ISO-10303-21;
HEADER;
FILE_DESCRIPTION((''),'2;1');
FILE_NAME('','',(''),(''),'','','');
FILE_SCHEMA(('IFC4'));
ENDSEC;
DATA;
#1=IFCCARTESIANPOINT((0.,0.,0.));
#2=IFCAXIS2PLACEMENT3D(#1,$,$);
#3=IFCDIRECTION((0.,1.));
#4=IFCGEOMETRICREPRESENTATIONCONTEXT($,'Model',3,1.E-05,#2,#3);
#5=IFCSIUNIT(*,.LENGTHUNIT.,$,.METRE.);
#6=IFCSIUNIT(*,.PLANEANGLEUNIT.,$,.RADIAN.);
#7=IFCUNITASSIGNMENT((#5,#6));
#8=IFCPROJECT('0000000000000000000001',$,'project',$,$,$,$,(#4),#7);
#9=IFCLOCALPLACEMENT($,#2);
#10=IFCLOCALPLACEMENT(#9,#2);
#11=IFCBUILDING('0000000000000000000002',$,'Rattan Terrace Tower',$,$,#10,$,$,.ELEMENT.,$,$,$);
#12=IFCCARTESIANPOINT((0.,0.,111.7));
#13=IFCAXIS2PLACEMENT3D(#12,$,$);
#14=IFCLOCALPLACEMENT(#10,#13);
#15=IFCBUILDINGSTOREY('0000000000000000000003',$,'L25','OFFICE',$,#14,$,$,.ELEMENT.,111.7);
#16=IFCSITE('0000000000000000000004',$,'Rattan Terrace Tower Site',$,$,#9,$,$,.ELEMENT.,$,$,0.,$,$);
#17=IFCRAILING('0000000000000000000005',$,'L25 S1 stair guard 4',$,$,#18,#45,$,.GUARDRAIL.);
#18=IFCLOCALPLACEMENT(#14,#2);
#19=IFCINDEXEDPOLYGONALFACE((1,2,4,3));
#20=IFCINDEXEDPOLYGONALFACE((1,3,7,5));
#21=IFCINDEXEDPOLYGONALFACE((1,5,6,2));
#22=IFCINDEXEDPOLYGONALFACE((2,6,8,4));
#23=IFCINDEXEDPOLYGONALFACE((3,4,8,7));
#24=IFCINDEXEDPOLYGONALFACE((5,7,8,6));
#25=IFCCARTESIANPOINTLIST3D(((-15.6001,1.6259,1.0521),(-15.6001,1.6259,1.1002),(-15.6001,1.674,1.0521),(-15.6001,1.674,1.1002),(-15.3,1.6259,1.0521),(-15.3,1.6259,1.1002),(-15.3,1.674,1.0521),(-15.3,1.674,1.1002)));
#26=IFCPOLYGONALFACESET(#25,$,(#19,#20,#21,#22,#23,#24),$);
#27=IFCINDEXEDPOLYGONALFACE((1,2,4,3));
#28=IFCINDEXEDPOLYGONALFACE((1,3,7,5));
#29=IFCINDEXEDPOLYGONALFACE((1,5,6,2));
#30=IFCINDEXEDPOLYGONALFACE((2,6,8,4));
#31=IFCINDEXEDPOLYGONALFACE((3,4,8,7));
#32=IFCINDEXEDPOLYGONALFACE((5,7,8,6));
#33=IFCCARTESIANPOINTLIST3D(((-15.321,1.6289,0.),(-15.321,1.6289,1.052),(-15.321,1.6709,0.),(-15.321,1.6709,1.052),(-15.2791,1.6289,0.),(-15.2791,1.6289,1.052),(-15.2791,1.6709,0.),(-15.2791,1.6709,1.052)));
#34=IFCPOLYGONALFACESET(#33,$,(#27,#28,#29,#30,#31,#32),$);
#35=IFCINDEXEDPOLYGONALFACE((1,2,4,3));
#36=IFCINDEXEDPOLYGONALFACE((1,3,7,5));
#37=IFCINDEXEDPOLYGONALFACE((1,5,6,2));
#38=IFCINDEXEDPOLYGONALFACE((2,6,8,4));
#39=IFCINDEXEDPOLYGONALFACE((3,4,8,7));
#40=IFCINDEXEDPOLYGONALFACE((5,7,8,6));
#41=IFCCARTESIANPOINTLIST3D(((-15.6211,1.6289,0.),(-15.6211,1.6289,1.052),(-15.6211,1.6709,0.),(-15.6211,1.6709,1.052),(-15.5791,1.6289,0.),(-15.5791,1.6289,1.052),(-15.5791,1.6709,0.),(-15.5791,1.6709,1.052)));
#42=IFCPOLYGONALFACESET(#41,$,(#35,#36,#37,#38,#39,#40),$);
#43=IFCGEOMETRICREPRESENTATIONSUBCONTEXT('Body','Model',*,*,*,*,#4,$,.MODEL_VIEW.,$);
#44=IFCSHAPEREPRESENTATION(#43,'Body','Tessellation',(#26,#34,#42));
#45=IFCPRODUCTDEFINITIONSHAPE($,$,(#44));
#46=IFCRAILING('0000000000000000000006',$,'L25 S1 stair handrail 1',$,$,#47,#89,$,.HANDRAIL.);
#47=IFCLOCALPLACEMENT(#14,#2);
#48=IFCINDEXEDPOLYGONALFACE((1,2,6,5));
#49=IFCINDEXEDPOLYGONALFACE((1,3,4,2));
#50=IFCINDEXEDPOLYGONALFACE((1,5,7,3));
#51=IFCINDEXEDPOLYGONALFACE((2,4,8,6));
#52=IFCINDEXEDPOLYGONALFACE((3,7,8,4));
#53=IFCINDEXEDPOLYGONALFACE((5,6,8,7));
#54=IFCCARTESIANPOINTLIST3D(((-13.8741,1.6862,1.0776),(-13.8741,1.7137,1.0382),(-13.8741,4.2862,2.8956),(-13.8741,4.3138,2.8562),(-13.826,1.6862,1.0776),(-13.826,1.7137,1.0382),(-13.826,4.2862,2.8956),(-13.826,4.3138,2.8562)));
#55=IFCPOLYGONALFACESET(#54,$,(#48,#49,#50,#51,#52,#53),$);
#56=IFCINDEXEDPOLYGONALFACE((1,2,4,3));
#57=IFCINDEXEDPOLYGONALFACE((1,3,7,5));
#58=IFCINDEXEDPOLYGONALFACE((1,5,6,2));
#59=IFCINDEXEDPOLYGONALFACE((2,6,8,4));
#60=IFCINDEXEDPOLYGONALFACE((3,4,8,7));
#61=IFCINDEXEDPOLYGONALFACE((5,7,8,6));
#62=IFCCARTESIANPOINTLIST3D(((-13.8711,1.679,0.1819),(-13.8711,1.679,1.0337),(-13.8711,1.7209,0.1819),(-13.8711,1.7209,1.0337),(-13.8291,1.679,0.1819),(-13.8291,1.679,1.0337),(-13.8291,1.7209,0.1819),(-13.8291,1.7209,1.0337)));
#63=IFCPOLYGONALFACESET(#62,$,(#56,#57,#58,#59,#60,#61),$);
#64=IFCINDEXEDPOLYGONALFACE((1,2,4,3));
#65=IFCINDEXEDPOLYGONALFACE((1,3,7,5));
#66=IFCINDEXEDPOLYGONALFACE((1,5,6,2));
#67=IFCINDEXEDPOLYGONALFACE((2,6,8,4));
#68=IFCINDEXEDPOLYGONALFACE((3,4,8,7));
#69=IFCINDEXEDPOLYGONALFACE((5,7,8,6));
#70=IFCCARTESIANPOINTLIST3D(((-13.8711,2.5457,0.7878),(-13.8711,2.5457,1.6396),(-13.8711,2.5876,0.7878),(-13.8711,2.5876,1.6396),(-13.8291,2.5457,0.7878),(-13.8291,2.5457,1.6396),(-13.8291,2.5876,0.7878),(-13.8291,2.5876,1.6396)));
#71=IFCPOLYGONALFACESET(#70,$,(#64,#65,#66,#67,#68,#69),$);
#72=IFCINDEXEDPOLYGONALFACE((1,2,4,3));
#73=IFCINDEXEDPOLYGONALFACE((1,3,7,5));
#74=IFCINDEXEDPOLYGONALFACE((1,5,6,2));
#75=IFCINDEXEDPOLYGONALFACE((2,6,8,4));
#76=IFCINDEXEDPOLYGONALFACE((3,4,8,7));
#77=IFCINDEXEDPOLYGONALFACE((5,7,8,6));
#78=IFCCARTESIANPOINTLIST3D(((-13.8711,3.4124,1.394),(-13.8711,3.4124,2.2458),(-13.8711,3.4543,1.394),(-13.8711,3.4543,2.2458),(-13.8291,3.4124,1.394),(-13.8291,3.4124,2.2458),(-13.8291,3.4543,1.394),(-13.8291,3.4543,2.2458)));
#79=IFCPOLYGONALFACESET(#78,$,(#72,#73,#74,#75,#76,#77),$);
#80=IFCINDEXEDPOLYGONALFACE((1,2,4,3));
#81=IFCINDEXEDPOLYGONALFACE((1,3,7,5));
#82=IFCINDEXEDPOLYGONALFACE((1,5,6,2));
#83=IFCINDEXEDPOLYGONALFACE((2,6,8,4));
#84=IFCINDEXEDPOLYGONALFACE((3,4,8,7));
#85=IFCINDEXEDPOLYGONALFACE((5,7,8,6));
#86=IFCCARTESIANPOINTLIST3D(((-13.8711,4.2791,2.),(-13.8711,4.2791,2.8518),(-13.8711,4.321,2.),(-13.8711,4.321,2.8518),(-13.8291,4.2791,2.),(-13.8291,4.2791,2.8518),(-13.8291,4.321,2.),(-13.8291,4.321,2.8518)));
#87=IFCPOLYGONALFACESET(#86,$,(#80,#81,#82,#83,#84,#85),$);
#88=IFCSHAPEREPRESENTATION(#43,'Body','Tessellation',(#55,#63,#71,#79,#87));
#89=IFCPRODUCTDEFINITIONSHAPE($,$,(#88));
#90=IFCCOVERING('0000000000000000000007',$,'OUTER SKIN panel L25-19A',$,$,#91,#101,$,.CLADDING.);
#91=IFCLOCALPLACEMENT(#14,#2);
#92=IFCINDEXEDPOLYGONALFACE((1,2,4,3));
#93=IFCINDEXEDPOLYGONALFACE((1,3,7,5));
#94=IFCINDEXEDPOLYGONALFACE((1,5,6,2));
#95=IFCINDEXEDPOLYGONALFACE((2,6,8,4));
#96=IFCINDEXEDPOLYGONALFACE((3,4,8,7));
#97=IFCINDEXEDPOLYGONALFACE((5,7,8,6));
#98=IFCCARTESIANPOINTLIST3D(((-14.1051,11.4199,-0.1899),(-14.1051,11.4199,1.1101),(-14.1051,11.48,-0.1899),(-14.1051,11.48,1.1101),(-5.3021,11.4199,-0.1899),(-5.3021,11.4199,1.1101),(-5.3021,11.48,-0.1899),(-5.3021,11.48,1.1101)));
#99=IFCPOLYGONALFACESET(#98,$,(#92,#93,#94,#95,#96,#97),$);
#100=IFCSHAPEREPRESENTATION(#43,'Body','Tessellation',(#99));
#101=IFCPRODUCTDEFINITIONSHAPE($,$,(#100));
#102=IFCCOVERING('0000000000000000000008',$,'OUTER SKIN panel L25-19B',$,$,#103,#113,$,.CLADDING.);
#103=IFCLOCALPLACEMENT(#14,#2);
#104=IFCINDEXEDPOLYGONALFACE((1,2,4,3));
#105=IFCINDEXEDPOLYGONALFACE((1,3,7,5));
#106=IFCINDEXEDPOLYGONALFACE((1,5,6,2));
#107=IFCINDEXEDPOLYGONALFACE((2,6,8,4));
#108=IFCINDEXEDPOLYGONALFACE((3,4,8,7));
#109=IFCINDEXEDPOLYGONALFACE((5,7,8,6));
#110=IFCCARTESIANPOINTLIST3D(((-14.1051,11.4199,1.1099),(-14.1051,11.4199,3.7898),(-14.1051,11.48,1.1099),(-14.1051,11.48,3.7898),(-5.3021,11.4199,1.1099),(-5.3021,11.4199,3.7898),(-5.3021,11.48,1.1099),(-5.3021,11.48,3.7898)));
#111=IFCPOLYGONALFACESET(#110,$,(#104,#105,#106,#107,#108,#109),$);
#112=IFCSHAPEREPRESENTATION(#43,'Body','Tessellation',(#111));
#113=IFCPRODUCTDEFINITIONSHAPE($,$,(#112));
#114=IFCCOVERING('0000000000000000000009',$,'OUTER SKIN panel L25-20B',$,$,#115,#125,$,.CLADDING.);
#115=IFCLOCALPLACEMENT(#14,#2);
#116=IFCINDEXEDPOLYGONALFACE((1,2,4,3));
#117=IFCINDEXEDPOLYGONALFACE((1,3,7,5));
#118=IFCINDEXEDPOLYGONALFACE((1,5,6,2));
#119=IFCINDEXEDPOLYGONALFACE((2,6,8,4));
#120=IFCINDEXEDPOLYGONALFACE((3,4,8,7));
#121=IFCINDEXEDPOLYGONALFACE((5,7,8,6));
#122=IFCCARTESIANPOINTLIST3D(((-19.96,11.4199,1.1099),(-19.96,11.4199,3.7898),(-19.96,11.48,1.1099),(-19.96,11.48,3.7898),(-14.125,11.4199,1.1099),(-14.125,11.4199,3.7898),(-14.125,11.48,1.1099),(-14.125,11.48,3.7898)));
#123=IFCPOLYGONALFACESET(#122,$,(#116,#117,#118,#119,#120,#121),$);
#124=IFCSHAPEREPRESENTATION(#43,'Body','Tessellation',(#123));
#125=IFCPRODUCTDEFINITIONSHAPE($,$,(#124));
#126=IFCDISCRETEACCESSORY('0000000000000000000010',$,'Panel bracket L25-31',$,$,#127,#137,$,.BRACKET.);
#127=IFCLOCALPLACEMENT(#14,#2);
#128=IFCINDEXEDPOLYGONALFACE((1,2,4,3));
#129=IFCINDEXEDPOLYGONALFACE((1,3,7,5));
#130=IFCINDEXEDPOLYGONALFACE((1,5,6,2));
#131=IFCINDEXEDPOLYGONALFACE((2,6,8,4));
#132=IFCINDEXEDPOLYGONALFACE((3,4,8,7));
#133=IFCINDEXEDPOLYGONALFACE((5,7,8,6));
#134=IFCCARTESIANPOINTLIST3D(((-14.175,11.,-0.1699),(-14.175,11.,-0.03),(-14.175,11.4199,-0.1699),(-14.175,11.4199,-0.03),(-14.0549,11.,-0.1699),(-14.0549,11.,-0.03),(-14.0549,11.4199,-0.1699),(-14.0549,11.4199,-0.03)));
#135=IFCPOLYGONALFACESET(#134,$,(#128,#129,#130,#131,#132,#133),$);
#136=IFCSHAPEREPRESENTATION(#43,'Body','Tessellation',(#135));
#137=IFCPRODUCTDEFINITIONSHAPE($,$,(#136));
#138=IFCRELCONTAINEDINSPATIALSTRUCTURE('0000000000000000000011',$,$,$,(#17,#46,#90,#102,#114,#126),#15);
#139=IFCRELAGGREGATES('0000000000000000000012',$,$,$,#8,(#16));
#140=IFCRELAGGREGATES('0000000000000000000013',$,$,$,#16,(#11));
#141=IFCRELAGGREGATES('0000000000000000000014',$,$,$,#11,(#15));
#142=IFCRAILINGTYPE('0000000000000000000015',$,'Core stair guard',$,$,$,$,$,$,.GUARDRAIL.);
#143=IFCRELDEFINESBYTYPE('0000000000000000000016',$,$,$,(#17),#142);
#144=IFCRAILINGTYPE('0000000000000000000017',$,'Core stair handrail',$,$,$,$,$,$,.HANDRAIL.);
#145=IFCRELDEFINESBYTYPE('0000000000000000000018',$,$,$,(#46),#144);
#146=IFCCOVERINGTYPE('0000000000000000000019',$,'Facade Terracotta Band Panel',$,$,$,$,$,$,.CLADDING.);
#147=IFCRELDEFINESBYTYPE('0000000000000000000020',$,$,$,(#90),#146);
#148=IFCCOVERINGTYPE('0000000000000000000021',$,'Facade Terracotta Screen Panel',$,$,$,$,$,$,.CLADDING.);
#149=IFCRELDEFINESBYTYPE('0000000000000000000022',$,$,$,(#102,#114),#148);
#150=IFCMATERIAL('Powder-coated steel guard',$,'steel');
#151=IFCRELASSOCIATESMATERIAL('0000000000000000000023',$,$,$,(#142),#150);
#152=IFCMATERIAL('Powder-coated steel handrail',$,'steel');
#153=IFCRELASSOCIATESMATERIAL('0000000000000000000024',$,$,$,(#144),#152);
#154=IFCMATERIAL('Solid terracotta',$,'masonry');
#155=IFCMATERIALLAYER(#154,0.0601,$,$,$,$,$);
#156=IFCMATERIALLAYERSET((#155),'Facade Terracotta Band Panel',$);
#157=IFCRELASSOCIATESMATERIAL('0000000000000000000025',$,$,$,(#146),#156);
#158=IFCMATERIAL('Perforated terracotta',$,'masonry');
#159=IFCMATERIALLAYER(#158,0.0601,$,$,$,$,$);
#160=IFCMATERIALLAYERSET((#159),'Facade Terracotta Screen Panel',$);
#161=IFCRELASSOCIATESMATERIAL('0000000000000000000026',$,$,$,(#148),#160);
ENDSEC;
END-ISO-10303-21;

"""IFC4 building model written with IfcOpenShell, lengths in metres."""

from ifc_helpers import new_model, si_unit, direction, frame, origin, origin_2d, place, context, subcontext, project, spatial, rectangle, extrude, material, layer, layer_set, type_object, element, save


model = new_model("IFC4")

# Units and contexts
model_context = context("Model", 3, precision=1e-05, world=origin(), true_north=direction((0.0, 1.0)))
body_context = subcontext(model_context, "Body", "Model", "MODEL_VIEW")
ifc_project = project(units=[si_unit("LENGTHUNIT", "METRE"), si_unit("PLANEANGLEUNIT", "RADIAN")], contexts=[model_context])

# Site, building, storey
site_placement = place(None, origin())
site = spatial("IfcSite", under=ifc_project, at=site_placement, Name="Rattan Terrace Tower Site", CompositionType="ELEMENT", RefElevation=0.0)
building_placement = place(site_placement, origin())
building = spatial("IfcBuilding", under=site, at=building_placement, Name="Rattan Terrace Tower", CompositionType="ELEMENT")
storey_placement = place(building_placement, frame((0.0, 0.0, 111.7)))
storey = spatial("IfcBuildingStorey", under=building, at=storey_placement, Name="L25", Description="OFFICE", CompositionType="ELEMENT", Elevation=111.7)

# Railings
ifc_material_1 = material(Name="Powder-coated steel guard", Category="steel")
railing_type_1 = type_object("IfcRailingType", Name="Core stair guard", PredefinedType="GUARDRAIL", material=ifc_material_1)
railing_1_placement = place(storey_placement, frame((-15.3, 1.6499, 0.0)))
element("IfcRailing", 1, at=railing_1_placement, inside=storey, type_object=railing_type_1, Name="L25 S1 stair guard 4", PredefinedType="GUARDRAIL", context=body_context, shape_type="SweptSolid", body=[
    extrude(rectangle(XDim=0.0481, YDim=0.0481, at=origin_2d()), frame((0.0, 0.0, 1.0762), z_axis=(-1.0, 0.0, 0.0), x_axis=(0.0, -1.0, 0.0)), (0.0, 0.0, 1.0), 0.3),
    extrude(rectangle(XDim=0.042, YDim=0.042, at=origin_2d()), origin(), (0.0, 0.0, 1.0), 1.052),
    extrude(rectangle(XDim=0.042, YDim=0.042, at=origin_2d()), frame((-0.3, 0.0, 0.0)), (0.0, 0.0, 1.0), 1.052),
])
ifc_material_2 = material(Name="Powder-coated steel handrail", Category="steel")
railing_type_2 = type_object("IfcRailingType", Name="Core stair handrail", PredefinedType="HANDRAIL", material=ifc_material_2)
railing_2_placement = place(storey_placement, frame((-13.8501, 1.7, 0.1819)))
element("IfcRailing", 2, at=railing_2_placement, inside=storey, type_object=railing_type_2, Name="L25 S1 stair handrail 1", PredefinedType="HANDRAIL", context=body_context, shape_type="SweptSolid", body=[
    extrude(rectangle(XDim=0.0481, YDim=0.0481, at=origin_2d()), frame((0.0, 0.0, 0.876), z_axis=(0.0, 0.819521, 0.573049), x_axis=(-1.0, 0.0, 0.0)), (0.0, 0.0, 1.0), 3.1726),
    extrude(rectangle(XDim=0.042, YDim=0.042, at=origin_2d()), origin(), (0.0, 0.0, 1.0), 0.8518),
    extrude(rectangle(XDim=0.042, YDim=0.042, at=origin_2d()), frame((0.0, 0.8667, 0.606)), (0.0, 0.0, 1.0), 0.8518),
    extrude(rectangle(XDim=0.042, YDim=0.042, at=origin_2d()), frame((0.0, 1.7334, 1.2122)), (0.0, 0.0, 1.0), 0.8518),
    extrude(rectangle(XDim=0.042, YDim=0.042, at=origin_2d()), frame((0.0, 2.6001, 1.8181)), (0.0, 0.0, 1.0), 0.8518),
])

# Coverings
ifc_material_3 = material(Name="Solid terracotta", Category="masonry")
ifc_layer_1 = layer(ifc_material_3, 0.0601)
ifc_layer_set_1 = layer_set([ifc_layer_1], Name="Facade Terracotta Band Panel")
covering_type_1 = type_object("IfcCoveringType", Name="Facade Terracotta Band Panel", PredefinedType="CLADDING", material=ifc_layer_set_1)
covering_1_placement = place(storey_placement, frame((-9.7036, 11.45, -0.1899), z_axis=(0.0, 0.0, 1.0), x_axis=(-1.0, 0.0, 0.0)))
element("IfcCovering", 3, at=covering_1_placement, inside=storey, type_object=covering_type_1, Name="OUTER SKIN panel L25-19A", PredefinedType="CLADDING", context=body_context, shape_type="SweptSolid", body=[
    extrude(rectangle(XDim=8.803, YDim=0.0601, at=origin_2d()), origin(), (0.0, 0.0, 1.0), 1.3),
])
ifc_material_4 = material(Name="Perforated terracotta", Category="masonry")
ifc_layer_2 = layer(ifc_material_4, 0.0601)
ifc_layer_set_2 = layer_set([ifc_layer_2], Name="Facade Terracotta Screen Panel")
covering_type_2 = type_object("IfcCoveringType", Name="Facade Terracotta Screen Panel", PredefinedType="CLADDING", material=ifc_layer_set_2)
covering_2_placement = place(storey_placement, frame((-9.7036, 11.45, 1.1099), z_axis=(0.0, 0.0, 1.0), x_axis=(-1.0, 0.0, 0.0)))
element("IfcCovering", 4, at=covering_2_placement, inside=storey, type_object=covering_type_2, Name="OUTER SKIN panel L25-19B", PredefinedType="CLADDING", context=body_context, shape_type="SweptSolid", body=[
    extrude(rectangle(XDim=8.803, YDim=0.0601, at=origin_2d()), origin(), (0.0, 0.0, 1.0), 2.6799),
])
covering_3_placement = place(storey_placement, frame((-17.0425, 11.45, 1.1099), z_axis=(0.0, 0.0, 1.0), x_axis=(-1.0, 0.0, 0.0)))
element("IfcCovering", 5, at=covering_3_placement, inside=storey, type_object=covering_type_2, Name="OUTER SKIN panel L25-20B", PredefinedType="CLADDING", context=body_context, shape_type="SweptSolid", body=[
    extrude(rectangle(XDim=5.835, YDim=0.0601, at=origin_2d()), origin(), (0.0, 0.0, 1.0), 2.6799),
])

# Discrete accessory
discrete_accessory_placement = place(storey_placement, frame((-14.115, 11.21, -0.1699), z_axis=(0.0, 0.0, 1.0), x_axis=(-1.0, 0.0, 0.0)))
element("IfcDiscreteAccessory", 6, at=discrete_accessory_placement, inside=storey, Name="Panel bracket L25-31", PredefinedType="BRACKET", context=body_context, shape_type="SweptSolid", body=[
    extrude(rectangle(XDim=0.1201, YDim=0.4199, at=origin_2d()), origin(), (0.0, 0.0, 1.0), 0.1399),
])

save(model, "model.ifc")
